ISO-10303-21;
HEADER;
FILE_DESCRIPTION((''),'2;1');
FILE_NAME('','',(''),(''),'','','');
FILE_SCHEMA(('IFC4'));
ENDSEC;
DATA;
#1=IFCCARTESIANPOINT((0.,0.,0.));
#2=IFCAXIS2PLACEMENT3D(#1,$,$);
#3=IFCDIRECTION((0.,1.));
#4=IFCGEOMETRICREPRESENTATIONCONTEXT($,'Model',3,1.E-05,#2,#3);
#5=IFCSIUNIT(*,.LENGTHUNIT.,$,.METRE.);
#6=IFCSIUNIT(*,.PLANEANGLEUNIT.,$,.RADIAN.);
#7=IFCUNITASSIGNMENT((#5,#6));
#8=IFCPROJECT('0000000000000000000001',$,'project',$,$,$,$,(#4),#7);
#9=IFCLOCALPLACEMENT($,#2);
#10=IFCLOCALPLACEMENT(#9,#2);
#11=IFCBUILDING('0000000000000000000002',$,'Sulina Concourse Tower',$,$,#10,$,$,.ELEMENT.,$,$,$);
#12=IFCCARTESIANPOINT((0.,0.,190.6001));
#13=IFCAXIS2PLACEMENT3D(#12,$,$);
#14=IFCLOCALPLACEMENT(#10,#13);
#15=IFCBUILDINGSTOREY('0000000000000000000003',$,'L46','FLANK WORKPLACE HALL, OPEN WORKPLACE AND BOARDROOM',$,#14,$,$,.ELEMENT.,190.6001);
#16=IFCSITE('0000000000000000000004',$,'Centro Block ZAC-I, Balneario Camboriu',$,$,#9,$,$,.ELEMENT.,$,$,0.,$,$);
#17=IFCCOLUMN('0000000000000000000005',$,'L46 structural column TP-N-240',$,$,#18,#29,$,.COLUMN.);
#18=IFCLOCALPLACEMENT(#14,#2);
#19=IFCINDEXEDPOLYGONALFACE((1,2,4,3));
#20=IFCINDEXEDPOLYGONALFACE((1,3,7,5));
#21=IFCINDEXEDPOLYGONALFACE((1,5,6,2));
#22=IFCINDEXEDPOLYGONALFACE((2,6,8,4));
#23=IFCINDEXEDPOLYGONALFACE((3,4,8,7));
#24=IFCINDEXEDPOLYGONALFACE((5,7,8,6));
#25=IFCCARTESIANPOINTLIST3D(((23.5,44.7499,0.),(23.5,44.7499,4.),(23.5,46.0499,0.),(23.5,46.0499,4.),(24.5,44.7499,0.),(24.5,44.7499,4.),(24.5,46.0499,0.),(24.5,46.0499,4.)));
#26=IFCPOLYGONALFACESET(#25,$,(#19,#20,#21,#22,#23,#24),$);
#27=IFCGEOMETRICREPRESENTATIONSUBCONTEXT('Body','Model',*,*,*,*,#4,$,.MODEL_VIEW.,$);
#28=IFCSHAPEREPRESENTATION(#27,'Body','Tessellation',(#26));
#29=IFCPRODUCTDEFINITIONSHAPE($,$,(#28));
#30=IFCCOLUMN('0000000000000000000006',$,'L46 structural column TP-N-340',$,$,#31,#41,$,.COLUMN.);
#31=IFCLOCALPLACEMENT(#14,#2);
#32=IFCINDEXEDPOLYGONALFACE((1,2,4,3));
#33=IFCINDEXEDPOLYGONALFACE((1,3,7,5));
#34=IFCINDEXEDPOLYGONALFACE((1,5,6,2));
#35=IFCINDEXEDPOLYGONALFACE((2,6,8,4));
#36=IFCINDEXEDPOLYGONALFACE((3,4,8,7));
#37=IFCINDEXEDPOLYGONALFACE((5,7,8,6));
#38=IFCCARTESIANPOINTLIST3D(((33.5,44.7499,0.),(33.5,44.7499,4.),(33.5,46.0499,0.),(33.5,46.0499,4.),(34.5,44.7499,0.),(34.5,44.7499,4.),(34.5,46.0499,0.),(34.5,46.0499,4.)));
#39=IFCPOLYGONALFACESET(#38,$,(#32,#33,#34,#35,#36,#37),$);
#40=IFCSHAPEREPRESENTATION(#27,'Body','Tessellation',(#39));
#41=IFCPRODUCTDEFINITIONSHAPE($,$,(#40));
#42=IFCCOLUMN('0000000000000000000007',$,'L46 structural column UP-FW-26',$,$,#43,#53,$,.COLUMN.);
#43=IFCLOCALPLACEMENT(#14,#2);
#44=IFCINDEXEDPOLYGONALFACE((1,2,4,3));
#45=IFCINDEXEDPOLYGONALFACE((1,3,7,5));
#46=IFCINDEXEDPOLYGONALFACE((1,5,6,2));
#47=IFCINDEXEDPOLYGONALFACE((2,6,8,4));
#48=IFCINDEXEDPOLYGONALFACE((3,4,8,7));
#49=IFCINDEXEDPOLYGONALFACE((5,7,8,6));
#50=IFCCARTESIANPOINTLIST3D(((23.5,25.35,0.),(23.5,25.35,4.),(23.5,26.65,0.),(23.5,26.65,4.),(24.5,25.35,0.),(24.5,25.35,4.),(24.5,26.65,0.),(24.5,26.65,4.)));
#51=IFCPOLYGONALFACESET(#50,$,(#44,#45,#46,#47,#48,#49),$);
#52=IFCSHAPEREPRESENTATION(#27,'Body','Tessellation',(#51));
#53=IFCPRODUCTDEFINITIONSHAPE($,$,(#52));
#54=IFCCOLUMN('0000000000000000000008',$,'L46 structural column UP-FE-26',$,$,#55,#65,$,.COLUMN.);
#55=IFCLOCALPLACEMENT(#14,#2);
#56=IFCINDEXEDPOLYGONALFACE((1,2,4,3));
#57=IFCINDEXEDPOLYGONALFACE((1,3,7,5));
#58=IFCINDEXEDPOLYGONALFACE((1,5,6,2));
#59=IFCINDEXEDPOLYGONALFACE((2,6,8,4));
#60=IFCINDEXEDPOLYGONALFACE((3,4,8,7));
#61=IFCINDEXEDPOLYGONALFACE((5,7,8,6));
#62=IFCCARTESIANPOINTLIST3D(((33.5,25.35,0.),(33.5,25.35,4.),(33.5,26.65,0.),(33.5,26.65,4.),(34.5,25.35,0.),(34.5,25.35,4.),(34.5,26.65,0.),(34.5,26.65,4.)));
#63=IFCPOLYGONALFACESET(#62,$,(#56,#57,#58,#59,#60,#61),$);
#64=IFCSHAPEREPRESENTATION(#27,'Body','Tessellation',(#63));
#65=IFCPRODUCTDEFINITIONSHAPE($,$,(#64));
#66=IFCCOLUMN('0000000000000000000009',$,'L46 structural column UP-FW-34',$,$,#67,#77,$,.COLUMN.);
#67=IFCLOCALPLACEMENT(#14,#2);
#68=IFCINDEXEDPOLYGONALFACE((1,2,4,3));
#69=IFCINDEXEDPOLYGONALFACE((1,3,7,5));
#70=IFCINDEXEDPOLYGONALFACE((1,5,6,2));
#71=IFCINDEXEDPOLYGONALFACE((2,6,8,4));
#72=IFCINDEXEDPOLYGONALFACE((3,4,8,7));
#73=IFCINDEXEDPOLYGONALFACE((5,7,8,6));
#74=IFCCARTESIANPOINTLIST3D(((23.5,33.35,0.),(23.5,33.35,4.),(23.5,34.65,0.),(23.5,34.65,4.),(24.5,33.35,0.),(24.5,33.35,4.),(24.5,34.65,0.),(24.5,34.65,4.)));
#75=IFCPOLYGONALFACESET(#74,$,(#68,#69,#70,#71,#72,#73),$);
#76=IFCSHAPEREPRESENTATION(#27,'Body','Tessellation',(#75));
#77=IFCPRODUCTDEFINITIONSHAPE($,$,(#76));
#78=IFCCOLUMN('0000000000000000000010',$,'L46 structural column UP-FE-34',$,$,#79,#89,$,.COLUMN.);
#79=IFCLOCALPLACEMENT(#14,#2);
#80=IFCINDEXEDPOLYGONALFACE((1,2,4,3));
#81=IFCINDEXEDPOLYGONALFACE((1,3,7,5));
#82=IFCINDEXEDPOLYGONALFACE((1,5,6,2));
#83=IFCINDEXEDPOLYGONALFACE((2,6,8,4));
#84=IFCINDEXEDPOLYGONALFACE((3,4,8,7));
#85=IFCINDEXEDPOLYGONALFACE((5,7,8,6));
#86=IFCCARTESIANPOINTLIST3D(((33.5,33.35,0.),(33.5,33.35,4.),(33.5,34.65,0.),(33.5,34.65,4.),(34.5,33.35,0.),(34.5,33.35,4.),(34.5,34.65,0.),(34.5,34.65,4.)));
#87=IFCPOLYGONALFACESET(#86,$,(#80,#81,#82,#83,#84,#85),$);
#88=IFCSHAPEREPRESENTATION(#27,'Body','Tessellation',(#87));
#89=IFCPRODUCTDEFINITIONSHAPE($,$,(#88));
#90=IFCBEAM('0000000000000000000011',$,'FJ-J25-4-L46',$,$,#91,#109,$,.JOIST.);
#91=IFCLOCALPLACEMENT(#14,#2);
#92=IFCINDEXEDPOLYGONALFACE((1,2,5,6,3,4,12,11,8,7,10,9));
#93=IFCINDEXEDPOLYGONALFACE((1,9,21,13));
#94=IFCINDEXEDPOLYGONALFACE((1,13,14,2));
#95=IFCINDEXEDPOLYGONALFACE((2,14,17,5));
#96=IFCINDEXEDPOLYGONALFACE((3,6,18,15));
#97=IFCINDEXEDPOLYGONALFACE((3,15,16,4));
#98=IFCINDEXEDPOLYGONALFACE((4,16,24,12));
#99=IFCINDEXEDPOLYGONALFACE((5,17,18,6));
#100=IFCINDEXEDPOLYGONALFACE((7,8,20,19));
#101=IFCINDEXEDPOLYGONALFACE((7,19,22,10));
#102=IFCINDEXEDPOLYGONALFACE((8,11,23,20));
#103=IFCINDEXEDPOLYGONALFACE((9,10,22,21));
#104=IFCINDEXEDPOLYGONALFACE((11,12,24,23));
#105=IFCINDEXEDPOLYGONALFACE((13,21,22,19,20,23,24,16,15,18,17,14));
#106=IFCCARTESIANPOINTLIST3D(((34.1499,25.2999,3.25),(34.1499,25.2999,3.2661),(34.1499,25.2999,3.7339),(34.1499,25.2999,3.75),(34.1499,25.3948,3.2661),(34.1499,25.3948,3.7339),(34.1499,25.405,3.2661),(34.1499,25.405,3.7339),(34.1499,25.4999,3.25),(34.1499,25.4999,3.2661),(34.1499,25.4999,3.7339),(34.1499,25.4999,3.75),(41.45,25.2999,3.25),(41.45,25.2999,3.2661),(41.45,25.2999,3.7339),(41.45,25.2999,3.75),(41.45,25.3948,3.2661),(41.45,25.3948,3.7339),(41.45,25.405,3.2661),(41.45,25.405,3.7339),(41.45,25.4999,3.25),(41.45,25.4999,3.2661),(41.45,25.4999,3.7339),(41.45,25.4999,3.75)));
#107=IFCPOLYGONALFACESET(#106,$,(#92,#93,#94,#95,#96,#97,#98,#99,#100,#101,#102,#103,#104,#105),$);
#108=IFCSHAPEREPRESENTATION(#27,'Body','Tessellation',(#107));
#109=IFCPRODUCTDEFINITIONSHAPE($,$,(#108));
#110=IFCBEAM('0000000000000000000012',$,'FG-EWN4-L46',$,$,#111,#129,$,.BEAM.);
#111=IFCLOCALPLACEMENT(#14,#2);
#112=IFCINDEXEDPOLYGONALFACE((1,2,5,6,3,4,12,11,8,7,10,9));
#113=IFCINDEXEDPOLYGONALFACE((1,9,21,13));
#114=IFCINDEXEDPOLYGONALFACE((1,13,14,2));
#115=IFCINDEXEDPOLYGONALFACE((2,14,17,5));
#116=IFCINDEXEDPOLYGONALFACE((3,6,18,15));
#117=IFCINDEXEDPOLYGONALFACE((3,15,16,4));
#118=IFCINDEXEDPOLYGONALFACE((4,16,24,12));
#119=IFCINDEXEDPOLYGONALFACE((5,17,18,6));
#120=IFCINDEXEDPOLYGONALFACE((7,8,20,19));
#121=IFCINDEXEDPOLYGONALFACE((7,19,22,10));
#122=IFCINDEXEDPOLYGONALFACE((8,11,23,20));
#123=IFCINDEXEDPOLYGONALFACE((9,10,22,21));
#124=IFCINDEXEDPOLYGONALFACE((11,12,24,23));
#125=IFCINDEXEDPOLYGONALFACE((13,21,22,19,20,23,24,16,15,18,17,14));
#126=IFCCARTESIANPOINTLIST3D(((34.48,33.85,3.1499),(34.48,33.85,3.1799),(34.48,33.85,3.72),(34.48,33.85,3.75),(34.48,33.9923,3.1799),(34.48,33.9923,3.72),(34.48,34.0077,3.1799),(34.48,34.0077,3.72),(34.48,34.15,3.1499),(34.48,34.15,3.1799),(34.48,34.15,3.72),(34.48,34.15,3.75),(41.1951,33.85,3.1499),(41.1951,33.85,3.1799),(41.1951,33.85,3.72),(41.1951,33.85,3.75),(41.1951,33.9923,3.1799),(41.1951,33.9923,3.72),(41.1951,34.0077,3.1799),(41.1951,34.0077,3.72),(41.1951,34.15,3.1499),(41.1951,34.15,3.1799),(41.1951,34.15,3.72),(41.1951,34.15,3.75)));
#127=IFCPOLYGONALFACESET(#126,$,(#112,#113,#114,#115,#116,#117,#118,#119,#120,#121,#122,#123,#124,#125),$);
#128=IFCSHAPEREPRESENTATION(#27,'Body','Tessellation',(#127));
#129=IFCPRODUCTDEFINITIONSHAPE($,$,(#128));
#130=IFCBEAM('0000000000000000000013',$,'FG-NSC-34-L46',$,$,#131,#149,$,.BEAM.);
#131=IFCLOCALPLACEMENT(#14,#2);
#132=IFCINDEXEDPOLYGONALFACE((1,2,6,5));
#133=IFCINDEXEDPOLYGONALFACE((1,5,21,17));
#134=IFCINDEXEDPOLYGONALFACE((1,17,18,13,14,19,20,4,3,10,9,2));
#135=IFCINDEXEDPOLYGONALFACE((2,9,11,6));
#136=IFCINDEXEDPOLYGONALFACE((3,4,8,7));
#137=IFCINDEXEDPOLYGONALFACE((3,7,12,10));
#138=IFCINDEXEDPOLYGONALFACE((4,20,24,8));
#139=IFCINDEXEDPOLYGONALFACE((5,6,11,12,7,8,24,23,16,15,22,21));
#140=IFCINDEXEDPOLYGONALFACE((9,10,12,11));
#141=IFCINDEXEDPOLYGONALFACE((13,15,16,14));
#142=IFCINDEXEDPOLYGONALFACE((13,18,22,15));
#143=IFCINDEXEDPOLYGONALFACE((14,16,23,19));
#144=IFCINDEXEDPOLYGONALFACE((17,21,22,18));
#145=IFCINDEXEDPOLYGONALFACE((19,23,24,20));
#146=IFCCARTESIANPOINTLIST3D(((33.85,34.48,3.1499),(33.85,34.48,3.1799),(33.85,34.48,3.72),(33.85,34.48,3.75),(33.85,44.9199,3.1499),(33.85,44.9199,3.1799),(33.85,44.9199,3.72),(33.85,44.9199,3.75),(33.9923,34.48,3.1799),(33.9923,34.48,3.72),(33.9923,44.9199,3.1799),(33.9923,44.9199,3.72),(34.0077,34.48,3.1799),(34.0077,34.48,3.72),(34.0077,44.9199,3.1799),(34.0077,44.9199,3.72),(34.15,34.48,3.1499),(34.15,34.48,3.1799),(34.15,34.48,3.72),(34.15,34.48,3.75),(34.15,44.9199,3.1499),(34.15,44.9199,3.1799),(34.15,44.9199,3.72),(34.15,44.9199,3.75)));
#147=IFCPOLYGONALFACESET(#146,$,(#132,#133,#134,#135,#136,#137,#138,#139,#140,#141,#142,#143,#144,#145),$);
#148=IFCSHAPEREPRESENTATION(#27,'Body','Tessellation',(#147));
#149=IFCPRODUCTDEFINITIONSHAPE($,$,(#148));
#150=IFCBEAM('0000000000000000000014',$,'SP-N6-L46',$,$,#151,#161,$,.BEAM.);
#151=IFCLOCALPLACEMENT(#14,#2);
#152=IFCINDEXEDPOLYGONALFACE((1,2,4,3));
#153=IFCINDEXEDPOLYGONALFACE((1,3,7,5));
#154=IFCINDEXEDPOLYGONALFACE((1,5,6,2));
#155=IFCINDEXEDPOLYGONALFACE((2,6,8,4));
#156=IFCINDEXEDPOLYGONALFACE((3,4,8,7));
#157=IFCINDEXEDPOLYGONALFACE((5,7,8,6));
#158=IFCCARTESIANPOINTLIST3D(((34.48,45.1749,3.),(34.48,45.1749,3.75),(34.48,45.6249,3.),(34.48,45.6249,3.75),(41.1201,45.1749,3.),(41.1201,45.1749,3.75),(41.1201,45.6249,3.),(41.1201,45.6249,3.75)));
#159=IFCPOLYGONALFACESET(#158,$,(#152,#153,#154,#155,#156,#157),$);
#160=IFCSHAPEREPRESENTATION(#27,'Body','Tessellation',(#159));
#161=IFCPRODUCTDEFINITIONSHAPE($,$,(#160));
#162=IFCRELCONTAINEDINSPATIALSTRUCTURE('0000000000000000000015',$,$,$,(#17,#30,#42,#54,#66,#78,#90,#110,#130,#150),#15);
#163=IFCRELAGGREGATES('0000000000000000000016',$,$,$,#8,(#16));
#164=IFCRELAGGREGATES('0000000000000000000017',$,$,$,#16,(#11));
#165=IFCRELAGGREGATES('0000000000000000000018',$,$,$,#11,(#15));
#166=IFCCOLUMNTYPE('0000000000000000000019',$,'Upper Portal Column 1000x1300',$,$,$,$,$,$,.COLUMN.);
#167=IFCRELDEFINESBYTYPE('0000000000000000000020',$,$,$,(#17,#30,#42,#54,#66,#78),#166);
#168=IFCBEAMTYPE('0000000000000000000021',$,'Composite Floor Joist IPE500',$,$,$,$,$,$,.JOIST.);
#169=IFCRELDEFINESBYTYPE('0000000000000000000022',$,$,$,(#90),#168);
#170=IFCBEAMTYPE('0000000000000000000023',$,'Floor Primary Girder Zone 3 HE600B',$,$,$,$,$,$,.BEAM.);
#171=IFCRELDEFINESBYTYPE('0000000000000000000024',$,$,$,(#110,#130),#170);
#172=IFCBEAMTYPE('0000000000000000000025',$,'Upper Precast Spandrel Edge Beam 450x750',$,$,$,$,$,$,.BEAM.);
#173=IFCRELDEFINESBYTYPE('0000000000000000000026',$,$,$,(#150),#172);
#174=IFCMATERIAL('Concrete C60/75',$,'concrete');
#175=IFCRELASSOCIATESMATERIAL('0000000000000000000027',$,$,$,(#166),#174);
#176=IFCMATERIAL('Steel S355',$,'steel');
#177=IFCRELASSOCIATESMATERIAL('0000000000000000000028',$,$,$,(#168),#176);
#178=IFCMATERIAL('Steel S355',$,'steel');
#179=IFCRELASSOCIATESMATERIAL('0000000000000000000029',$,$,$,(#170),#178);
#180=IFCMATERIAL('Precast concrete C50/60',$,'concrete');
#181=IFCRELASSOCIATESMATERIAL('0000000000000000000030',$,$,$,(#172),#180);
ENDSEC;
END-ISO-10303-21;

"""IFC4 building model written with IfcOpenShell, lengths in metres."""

from ifc_helpers import new_model, si_unit, direction, frame, origin, origin_2d, place, context, subcontext, project, spatial, rectangle, i_section, extrude, material, material_profile, profile_set, type_object, element, save


model = new_model("IFC4")

# Units and contexts
model_context = context("Model", 3, precision=1e-05, world=origin(), true_north=direction((0.0, 1.0)))
body_context = subcontext(model_context, "Body", "Model", "MODEL_VIEW")
ifc_project = project(units=[si_unit("LENGTHUNIT", "METRE"), si_unit("PLANEANGLEUNIT", "RADIAN")], contexts=[model_context])

# Site, building, storey
site_placement = place(None, origin())
site = spatial("IfcSite", under=ifc_project, at=site_placement, Name="Centro Block ZAC-I, Balneario Camboriu", CompositionType="ELEMENT", RefElevation=0.0)
building_placement = place(site_placement, origin())
building = spatial("IfcBuilding", under=site, at=building_placement, Name="Sulina Concourse Tower", CompositionType="ELEMENT")
storey_placement = place(building_placement, frame((0.0, 0.0, 190.6001)))
storey = spatial("IfcBuildingStorey", under=building, at=storey_placement, Name="L46", Description="FLANK WORKPLACE HALL, OPEN WORKPLACE AND BOARDROOM", CompositionType="ELEMENT", Elevation=190.6001)

# Columns
ifc_material_1 = material(Name="Concrete C60/75", Category="concrete")
ifc_material_profile_1 = material_profile(ifc_material_1, rectangle(XDim=1.0, YDim=1.3, at=origin_2d()), Name="RC 1000x1300")
ifc_profile_set_1 = profile_set([ifc_material_profile_1], Name="Concrete C60/75")
column_type = type_object("IfcColumnType", Name="Upper Portal Column 1000x1300", PredefinedType="COLUMN", material=ifc_profile_set_1)
for number, where, z_axis, x_axis, name in (
    (1, (24.0, 45.3999, 0.0), (0.0, 0.0, 1.0), (1.0, 0.0, 0.0), "L46 structural column TP-N-240"),
    (2, (34.0, 45.3999, 0.0), (0.0, 0.0, 1.0), (1.0, 0.0, 0.0), "L46 structural column TP-N-340"),
    (3, (24.0, 26.0, 0.0), (0.0, 0.0, 1.0), (1.0, 0.0, 0.0), "L46 structural column UP-FW-26"),
    (4, (34.0, 26.0, 0.0), (0.0, 0.0, 1.0), (1.0, 0.0, 0.0), "L46 structural column UP-FE-26"),
    (5, (24.0, 34.0, 0.0), (0.0, 0.0, 1.0), (1.0, 0.0, 0.0), "L46 structural column UP-FW-34"),
    (6, (34.0, 34.0, 0.0), (0.0, 0.0, 1.0), (1.0, 0.0, 0.0), "L46 structural column UP-FE-34"),
):
    element("IfcColumn", number, at=place(storey_placement, frame(where, z_axis=z_axis, x_axis=x_axis)), inside=storey, type_object=column_type, Name=name, PredefinedType="COLUMN", context=body_context, shape_type="SweptSolid", body=[
        extrude(rectangle(XDim=1.0, YDim=1.3, at=origin_2d()), origin(), (0.0, 0.0, 1.0), 4.0),
    ])

# Beams
ifc_material_2 = material(Name="Steel S355", Category="steel")
ifc_material_profile_2 = material_profile(ifc_material_2, i_section(OverallWidth=0.2, OverallDepth=0.5, WebThickness=0.0103, FlangeThickness=0.0161, at=origin_2d()), Name="IPE 500")
ifc_profile_set_2 = profile_set([ifc_material_profile_2], Name="Steel S355")
beam_type_1 = type_object("IfcBeamType", Name="Composite Floor Joist IPE500", PredefinedType="JOIST", material=ifc_profile_set_2)
beam_1_placement = place(storey_placement, frame((34.1499, 25.3999, 3.5), z_axis=(1.0, 0.0, 0.0), x_axis=(0.0, 1.0, 0.0)))
element("IfcBeam", 7, at=beam_1_placement, inside=storey, type_object=beam_type_1, Name="FJ-J25-4-L46", PredefinedType="JOIST", context=body_context, shape_type="SweptSolid", body=[
    extrude(i_section(OverallWidth=0.2, OverallDepth=0.5, WebThickness=0.0103, FlangeThickness=0.0161, at=origin_2d()), origin(), (0.0, 0.0, 1.0), 7.3),
])
ifc_material_3 = material(Name="Steel S355", Category="steel")
ifc_material_profile_3 = material_profile(ifc_material_3, i_section(OverallWidth=0.3, OverallDepth=0.6001, WebThickness=0.0154, FlangeThickness=0.03, at=origin_2d()), Name="HE 600 B")
ifc_profile_set_3 = profile_set([ifc_material_profile_3], Name="Steel S355")
beam_type_2 = type_object("IfcBeamType", Name="Floor Primary Girder Zone 3 HE600B", PredefinedType="BEAM", material=ifc_profile_set_3)
beam_2_placement = place(storey_placement, frame((34.48, 34.0, 3.45), z_axis=(1.0, 0.0, 0.0), x_axis=(0.0, 1.0, 0.0)))
element("IfcBeam", 8, at=beam_2_placement, inside=storey, type_object=beam_type_2, Name="FG-EWN4-L46", PredefinedType="BEAM", context=body_context, shape_type="SweptSolid", body=[
    extrude(i_section(OverallWidth=0.3, OverallDepth=0.6001, WebThickness=0.0154, FlangeThickness=0.03, at=origin_2d()), origin(), (0.0, 0.0, 1.0), 6.7151),
])
beam_3_placement = place(storey_placement, frame((34.0, 34.48, 3.45), z_axis=(0.0, 1.0, 0.0), x_axis=(-1.0, 0.0, 0.0)))
element("IfcBeam", 9, at=beam_3_placement, inside=storey, type_object=beam_type_2, Name="FG-NSC-34-L46", PredefinedType="BEAM", context=body_context, shape_type="SweptSolid", body=[
    extrude(i_section(OverallWidth=0.3, OverallDepth=0.6001, WebThickness=0.0154, FlangeThickness=0.03, at=origin_2d()), origin(), (0.0, 0.0, 1.0), 10.4399),
])
ifc_material_4 = material(Name="Precast concrete C50/60", Category="concrete")
ifc_material_profile_4 = material_profile(ifc_material_4, rectangle(XDim=0.45, YDim=0.75, at=origin_2d()), Name="RC 450x750")
ifc_profile_set_4 = profile_set([ifc_material_profile_4], Name="Precast concrete C50/60")
beam_type_3 = type_object("IfcBeamType", Name="Upper Precast Spandrel Edge Beam 450x750", PredefinedType="BEAM", material=ifc_profile_set_4)
beam_4_placement = place(storey_placement, frame((34.48, 45.3999, 3.375), z_axis=(1.0, 0.0, 0.0), x_axis=(0.0, 1.0, 0.0)))
element("IfcBeam", 10, at=beam_4_placement, inside=storey, type_object=beam_type_3, Name="SP-N6-L46", PredefinedType="BEAM", context=body_context, shape_type="SweptSolid", body=[
    extrude(rectangle(XDim=0.45, YDim=0.75, at=origin_2d()), origin(), (0.0, 0.0, 1.0), 6.6401),
])

save(model, "model.ifc")
